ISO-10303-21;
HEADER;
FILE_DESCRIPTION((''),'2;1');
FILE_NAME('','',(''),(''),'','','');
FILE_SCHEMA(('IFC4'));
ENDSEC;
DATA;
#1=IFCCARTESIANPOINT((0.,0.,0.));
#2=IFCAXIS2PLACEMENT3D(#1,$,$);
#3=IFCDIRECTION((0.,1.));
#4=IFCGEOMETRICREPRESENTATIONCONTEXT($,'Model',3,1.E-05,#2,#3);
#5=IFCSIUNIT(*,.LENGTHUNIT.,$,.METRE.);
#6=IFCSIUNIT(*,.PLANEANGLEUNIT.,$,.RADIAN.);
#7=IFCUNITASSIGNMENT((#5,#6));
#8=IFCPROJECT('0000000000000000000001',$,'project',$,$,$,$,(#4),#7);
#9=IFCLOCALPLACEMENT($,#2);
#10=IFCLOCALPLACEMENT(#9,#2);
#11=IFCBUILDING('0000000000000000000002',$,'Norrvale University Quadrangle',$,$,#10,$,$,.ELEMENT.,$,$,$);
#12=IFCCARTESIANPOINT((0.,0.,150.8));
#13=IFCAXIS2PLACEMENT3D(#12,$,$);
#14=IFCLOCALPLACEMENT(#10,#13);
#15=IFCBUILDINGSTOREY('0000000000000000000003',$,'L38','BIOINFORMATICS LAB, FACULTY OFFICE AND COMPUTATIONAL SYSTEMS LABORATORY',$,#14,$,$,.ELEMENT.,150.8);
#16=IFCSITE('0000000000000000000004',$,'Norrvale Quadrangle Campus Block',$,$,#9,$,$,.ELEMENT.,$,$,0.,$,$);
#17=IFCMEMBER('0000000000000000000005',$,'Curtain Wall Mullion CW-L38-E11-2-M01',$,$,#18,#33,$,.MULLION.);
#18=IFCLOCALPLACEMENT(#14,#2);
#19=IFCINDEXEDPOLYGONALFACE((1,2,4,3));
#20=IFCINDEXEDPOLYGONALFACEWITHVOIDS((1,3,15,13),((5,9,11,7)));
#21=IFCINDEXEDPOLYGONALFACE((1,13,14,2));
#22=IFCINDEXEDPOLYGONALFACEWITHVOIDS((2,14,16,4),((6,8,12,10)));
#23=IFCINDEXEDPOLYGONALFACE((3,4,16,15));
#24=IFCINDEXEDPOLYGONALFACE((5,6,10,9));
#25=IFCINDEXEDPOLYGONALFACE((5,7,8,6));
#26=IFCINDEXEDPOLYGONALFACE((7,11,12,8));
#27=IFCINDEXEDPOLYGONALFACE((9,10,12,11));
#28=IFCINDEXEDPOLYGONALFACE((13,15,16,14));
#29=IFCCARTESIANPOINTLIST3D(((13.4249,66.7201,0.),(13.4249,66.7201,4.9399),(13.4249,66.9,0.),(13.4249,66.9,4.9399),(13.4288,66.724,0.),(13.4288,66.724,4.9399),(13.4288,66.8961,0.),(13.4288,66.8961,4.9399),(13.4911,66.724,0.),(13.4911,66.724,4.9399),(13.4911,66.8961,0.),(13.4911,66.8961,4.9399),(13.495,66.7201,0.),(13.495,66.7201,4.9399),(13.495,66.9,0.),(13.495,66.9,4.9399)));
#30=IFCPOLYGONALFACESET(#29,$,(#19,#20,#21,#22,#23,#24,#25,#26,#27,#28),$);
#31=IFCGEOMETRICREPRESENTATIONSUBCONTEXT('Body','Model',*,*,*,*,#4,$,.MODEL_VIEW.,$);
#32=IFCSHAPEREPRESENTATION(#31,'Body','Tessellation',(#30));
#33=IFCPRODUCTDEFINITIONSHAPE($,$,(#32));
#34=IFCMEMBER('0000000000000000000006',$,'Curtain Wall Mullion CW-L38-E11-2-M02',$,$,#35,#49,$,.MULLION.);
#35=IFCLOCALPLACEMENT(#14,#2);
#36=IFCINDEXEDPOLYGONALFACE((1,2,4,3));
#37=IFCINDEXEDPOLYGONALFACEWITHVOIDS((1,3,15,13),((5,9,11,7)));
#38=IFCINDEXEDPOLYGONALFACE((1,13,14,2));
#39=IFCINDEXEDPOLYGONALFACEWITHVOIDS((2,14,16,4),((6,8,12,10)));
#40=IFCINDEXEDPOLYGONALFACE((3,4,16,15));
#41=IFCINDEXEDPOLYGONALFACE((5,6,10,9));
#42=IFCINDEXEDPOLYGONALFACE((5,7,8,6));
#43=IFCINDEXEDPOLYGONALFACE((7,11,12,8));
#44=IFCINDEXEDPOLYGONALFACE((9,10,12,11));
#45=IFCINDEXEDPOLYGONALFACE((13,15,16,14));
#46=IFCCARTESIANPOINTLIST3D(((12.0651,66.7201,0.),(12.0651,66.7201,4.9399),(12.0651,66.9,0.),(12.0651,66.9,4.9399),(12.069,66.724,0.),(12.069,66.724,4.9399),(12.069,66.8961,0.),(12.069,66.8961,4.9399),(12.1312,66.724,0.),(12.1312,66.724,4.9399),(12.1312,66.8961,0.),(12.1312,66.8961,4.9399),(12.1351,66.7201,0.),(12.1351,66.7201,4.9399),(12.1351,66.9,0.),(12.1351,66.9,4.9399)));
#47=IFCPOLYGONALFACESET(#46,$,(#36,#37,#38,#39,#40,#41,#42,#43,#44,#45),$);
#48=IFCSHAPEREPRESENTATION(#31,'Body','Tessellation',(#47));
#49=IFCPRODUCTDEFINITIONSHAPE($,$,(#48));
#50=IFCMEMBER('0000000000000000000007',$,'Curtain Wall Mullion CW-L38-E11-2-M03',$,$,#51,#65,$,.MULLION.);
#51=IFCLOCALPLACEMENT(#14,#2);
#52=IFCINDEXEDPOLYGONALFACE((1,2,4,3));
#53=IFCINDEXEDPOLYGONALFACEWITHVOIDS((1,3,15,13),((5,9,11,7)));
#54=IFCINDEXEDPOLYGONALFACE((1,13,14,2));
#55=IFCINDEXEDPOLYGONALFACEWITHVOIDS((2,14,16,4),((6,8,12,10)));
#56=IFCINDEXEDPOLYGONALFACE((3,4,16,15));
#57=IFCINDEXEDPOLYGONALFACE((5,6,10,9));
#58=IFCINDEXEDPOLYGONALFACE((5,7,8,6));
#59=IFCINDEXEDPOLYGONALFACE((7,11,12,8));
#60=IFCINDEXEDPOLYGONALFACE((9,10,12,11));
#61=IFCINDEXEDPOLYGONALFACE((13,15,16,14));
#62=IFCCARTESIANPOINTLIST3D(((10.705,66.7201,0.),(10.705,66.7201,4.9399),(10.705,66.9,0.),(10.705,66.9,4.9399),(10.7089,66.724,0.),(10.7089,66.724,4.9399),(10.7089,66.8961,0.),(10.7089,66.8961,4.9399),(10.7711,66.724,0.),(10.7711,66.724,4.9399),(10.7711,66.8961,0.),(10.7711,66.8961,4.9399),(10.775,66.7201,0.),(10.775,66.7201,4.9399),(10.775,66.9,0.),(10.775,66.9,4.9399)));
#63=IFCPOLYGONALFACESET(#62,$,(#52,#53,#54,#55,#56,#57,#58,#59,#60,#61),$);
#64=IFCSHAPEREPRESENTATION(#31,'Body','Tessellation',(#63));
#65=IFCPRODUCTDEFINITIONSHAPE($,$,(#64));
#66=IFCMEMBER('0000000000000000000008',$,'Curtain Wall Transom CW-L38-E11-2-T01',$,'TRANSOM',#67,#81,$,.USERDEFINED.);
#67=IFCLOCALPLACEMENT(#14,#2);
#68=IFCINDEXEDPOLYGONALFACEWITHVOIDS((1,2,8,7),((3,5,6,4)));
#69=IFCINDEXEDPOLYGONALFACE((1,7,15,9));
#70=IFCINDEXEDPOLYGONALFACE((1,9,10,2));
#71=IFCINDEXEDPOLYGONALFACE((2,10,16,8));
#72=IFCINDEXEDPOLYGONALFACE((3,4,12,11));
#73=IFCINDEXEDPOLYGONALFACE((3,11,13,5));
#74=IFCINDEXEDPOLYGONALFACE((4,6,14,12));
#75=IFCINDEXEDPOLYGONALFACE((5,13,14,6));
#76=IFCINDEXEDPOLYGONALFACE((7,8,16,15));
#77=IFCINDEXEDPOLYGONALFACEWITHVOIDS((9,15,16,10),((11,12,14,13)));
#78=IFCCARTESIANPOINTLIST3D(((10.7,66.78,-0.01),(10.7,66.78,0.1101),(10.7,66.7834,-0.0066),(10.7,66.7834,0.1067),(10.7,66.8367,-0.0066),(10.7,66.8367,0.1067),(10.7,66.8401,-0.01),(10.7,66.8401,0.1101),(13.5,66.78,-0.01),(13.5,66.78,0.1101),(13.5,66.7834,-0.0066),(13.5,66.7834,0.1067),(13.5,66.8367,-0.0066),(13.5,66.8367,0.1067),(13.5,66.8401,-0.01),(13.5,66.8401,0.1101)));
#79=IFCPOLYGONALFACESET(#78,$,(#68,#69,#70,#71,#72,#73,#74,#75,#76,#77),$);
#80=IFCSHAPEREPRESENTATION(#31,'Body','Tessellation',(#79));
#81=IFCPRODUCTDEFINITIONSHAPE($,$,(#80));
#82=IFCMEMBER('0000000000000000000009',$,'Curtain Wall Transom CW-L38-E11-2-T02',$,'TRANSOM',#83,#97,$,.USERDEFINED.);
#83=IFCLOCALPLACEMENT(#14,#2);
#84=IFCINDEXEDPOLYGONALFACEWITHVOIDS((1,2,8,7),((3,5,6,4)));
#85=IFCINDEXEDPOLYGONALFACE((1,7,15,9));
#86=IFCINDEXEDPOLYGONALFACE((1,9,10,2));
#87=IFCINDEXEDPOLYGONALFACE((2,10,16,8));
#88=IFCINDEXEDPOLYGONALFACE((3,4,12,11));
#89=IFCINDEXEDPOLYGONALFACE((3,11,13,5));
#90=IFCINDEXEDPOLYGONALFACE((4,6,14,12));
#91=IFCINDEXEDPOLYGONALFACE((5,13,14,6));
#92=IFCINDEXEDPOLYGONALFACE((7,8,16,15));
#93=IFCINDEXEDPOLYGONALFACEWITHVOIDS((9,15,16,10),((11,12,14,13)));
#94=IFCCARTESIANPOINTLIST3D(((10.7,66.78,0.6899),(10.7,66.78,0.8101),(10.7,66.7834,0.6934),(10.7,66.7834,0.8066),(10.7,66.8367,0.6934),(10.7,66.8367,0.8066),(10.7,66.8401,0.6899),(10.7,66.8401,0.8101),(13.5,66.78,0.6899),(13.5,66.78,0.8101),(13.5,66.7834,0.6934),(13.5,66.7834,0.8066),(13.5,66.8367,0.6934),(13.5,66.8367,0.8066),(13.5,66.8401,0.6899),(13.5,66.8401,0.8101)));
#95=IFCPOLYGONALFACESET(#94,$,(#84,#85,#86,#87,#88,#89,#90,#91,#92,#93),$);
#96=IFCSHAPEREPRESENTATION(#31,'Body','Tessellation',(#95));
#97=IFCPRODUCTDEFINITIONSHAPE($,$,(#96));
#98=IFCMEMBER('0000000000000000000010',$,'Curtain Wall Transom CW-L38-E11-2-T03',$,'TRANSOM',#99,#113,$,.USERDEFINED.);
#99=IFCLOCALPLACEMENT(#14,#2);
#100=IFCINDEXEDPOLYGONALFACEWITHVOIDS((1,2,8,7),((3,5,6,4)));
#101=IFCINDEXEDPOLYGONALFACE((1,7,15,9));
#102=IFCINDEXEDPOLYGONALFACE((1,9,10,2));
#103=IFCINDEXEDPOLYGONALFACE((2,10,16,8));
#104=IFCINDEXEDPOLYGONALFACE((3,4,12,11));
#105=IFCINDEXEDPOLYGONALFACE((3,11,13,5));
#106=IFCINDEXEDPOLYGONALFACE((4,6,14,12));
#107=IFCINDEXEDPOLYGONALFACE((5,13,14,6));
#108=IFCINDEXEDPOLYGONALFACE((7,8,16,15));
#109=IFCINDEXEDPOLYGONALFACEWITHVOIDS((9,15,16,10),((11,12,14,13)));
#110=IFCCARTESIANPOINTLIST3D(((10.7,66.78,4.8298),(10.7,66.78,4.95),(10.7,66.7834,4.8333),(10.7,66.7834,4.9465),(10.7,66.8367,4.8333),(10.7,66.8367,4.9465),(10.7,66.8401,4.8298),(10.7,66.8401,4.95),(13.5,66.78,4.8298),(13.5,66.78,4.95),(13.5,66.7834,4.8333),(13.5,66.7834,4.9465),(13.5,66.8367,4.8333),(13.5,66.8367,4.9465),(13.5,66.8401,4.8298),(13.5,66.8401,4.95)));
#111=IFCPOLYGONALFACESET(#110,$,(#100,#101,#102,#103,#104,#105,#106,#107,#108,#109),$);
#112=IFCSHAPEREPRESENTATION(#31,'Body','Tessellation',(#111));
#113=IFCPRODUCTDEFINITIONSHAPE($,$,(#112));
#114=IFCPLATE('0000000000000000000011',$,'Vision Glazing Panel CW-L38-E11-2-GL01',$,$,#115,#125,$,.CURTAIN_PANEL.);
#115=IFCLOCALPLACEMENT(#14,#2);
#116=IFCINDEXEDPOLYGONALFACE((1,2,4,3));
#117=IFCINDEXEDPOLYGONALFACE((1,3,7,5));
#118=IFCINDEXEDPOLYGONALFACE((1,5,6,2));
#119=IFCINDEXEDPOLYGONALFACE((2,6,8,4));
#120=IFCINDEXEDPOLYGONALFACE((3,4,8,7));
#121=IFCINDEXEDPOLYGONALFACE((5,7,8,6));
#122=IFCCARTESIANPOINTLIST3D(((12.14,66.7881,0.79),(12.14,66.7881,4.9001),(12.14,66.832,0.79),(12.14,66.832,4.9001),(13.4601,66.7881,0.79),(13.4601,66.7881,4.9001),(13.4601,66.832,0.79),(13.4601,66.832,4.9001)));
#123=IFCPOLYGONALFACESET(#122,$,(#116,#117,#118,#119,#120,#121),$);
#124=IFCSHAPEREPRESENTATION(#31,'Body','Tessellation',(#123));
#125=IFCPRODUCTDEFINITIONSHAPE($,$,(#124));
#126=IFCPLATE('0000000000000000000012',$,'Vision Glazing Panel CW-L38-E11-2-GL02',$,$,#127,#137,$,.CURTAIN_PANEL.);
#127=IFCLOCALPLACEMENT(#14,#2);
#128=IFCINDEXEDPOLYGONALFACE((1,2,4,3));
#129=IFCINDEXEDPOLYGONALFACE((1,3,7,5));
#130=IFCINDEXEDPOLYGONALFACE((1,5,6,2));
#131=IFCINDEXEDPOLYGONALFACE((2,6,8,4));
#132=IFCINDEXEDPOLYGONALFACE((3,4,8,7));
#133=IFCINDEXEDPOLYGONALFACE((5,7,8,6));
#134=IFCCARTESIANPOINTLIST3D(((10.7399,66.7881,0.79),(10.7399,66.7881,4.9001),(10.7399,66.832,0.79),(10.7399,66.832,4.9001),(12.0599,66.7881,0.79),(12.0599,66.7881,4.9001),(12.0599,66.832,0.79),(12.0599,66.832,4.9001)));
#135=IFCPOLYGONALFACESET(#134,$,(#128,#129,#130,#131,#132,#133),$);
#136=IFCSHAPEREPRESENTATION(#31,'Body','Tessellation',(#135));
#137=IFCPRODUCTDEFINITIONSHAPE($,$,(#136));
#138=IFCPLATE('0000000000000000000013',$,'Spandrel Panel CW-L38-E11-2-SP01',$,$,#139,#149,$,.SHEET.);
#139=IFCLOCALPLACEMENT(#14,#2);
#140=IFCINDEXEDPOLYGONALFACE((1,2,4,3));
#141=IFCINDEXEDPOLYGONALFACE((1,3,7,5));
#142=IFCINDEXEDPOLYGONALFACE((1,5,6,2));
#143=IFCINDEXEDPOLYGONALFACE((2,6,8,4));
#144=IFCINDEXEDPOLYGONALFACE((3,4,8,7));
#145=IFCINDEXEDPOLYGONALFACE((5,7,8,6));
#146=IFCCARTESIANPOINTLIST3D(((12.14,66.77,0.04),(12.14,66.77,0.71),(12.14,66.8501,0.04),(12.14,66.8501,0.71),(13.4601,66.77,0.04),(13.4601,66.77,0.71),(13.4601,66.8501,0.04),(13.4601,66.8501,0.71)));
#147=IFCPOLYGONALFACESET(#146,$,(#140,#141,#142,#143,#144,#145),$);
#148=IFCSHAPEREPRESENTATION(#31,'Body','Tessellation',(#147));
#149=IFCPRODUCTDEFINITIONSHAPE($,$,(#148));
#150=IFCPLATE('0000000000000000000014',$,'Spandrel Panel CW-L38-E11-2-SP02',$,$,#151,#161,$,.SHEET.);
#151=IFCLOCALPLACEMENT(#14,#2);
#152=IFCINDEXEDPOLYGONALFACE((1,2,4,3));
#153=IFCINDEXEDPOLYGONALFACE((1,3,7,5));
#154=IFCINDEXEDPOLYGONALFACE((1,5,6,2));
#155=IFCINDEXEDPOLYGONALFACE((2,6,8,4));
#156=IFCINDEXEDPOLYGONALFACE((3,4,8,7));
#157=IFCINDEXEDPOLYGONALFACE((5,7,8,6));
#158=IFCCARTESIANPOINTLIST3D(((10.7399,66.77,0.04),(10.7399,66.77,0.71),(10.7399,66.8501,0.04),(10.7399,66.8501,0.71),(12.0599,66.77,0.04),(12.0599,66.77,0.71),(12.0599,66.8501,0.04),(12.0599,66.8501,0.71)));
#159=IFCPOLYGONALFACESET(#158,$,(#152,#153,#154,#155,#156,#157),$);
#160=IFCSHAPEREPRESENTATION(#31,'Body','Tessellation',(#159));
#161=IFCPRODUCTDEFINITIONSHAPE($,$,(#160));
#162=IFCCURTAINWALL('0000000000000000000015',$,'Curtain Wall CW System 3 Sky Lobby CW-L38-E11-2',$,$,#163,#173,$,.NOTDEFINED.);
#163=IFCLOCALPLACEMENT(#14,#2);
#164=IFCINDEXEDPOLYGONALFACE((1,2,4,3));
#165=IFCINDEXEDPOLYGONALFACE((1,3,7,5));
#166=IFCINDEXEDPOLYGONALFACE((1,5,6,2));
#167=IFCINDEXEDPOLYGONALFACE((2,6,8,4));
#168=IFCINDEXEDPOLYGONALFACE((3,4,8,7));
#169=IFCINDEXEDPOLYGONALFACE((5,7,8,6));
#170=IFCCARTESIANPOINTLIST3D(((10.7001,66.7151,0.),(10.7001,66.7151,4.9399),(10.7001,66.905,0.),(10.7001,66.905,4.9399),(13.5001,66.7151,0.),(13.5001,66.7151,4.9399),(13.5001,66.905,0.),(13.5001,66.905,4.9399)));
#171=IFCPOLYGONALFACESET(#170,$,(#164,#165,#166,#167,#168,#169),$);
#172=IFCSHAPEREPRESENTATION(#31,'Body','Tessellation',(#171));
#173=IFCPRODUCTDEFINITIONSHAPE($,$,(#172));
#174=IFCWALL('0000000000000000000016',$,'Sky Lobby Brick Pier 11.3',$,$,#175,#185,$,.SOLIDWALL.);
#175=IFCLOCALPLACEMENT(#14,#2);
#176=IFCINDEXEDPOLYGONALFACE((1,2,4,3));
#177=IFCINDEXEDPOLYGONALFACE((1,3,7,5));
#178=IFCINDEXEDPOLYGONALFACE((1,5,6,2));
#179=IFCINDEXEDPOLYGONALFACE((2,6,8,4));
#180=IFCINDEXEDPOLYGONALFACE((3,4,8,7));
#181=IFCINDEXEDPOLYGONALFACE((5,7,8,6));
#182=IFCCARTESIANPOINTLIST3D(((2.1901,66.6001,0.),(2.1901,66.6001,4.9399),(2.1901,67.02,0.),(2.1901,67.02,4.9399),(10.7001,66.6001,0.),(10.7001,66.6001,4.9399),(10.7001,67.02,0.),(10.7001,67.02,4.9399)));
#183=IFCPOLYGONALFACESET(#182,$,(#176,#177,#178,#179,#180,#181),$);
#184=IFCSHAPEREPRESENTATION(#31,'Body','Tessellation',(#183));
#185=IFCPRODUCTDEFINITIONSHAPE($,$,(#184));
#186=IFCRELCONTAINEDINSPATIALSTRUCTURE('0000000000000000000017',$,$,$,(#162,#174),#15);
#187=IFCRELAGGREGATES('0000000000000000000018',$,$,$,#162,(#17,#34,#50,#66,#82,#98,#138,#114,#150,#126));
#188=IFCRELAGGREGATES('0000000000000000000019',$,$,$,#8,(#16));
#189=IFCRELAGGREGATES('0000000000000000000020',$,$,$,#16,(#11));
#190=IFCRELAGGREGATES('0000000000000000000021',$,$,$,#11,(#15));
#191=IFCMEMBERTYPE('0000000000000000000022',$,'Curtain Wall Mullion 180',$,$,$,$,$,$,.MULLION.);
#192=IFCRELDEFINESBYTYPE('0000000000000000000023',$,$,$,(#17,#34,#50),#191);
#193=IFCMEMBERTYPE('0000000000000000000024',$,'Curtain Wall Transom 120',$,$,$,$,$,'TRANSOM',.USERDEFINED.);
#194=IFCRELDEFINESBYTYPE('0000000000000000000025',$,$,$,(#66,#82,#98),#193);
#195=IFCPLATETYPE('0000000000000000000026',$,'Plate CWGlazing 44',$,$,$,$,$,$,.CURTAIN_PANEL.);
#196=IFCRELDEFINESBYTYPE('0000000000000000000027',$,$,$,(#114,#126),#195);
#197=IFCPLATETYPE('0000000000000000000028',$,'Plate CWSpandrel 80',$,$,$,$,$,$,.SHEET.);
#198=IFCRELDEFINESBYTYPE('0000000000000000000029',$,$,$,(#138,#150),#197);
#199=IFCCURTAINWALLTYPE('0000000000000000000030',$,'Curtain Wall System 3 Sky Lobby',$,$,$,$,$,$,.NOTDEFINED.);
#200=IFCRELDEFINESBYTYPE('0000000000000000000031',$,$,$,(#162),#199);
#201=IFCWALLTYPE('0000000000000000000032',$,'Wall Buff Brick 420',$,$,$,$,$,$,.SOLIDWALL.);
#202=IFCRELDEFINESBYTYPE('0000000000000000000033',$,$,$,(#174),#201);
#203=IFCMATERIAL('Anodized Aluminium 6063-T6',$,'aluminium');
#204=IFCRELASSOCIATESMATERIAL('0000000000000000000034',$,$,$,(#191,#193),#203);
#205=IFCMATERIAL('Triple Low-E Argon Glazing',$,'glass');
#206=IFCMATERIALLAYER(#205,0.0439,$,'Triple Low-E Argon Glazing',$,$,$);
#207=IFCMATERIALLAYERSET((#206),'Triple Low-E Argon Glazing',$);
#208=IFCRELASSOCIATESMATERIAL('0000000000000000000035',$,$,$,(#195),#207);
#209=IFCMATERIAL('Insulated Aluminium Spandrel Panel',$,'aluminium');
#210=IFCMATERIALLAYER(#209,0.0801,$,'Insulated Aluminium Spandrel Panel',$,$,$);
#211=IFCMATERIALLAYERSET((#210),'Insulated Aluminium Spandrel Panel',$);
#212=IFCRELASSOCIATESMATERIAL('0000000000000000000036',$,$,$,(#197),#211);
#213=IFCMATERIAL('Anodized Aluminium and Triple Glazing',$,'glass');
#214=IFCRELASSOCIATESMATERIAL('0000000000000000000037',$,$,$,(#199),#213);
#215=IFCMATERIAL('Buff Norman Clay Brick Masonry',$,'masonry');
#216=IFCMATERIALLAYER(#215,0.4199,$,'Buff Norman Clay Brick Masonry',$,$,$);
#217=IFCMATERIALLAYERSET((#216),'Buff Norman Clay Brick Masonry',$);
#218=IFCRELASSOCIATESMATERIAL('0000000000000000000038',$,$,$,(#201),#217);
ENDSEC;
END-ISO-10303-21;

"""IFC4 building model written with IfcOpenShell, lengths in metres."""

from ifc_helpers import new_model, si_unit, direction, frame, frame_2d, origin, origin_2d, place, context, subcontext, project, spatial, rectangle, hollow_rectangle, extrude, material, layer, layer_set, material_profile, profile_set, type_object, element, aggregate, save


model = new_model("IFC4")

# Units and contexts
model_context = context("Model", 3, precision=1e-05, world=origin(), true_north=direction((0.0, 1.0)))
body_context = subcontext(model_context, "Body", "Model", "MODEL_VIEW")
ifc_project = project(units=[si_unit("LENGTHUNIT", "METRE"), si_unit("PLANEANGLEUNIT", "RADIAN")], contexts=[model_context])

# Site, building, storey
site_placement = place(None, origin())
site = spatial("IfcSite", under=ifc_project, at=site_placement, Name="Norrvale Quadrangle Campus Block", CompositionType="ELEMENT", RefElevation=0.0)
building_placement = place(site_placement, origin())
building = spatial("IfcBuilding", under=site, at=building_placement, Name="Norrvale University Quadrangle", CompositionType="ELEMENT")
storey_placement = place(building_placement, frame((0.0, 0.0, 150.8)))
storey = spatial("IfcBuildingStorey", under=building, at=storey_placement, Name="L38", Description="BIOINFORMATICS LAB, FACULTY OFFICE AND COMPUTATIONAL SYSTEMS LABORATORY", CompositionType="ELEMENT", Elevation=150.8)

# Members
ifc_material_1 = material(Name="Anodized Aluminium 6063-T6", Category="aluminium")
ifc_material_profile_1 = material_profile(ifc_material_1, hollow_rectangle(XDim=0.0701, YDim=0.1799, WallThickness=0.0039, at=origin_2d()), Name="Anodized Aluminium 6063-T6")
ifc_profile_set_1 = profile_set([ifc_material_profile_1], Name="Anodized Aluminium 6063-T6")
member_type_1 = type_object("IfcMemberType", Name="Curtain Wall Mullion 180", PredefinedType="MULLION", material=ifc_profile_set_1)
member_1_placement = place(storey_placement, frame((13.46, 66.8101, 0.0), z_axis=(0.0, 0.0, 1.0), x_axis=(-1.0, 0.0, 0.0)))
member_1 = element("IfcMember", 1, at=member_1_placement, type_object=member_type_1, Name="Curtain Wall Mullion CW-L38-E11-2-M01", PredefinedType="MULLION", context=body_context, shape_type="SweptSolid", body=[
    extrude(hollow_rectangle(XDim=0.0701, YDim=0.1799, WallThickness=0.0039, at=origin_2d()), origin(), (0.0, 0.0, 1.0), 4.9399),
])
member_2_placement = place(storey_placement, frame((12.1001, 66.8101, 0.0), z_axis=(0.0, 0.0, 1.0), x_axis=(-1.0, 0.0, 0.0)))
member_2 = element("IfcMember", 2, at=member_2_placement, type_object=member_type_1, Name="Curtain Wall Mullion CW-L38-E11-2-M02", PredefinedType="MULLION", context=body_context, shape_type="SweptSolid", body=[
    extrude(hollow_rectangle(XDim=0.0701, YDim=0.1799, WallThickness=0.0039, at=origin_2d()), origin(), (0.0, 0.0, 1.0), 4.9399),
])
member_3_placement = place(storey_placement, frame((10.74, 66.8101, 0.0), z_axis=(0.0, 0.0, 1.0), x_axis=(-1.0, 0.0, 0.0)))
member_3 = element("IfcMember", 3, at=member_3_placement, type_object=member_type_1, Name="Curtain Wall Mullion CW-L38-E11-2-M03", PredefinedType="MULLION", context=body_context, shape_type="SweptSolid", body=[
    extrude(hollow_rectangle(XDim=0.0701, YDim=0.1799, WallThickness=0.0039, at=origin_2d()), origin(), (0.0, 0.0, 1.0), 4.9399),
])
ifc_material_profile_2 = material_profile(ifc_material_1, hollow_rectangle(XDim=0.0601, YDim=0.1201, WallThickness=0.0034, at=origin_2d()), Name="Anodized Aluminium 6063-T6")
ifc_profile_set_2 = profile_set([ifc_material_profile_2], Name="Anodized Aluminium 6063-T6")
member_type_2 = type_object("IfcMemberType", Name="Curtain Wall Transom 120", ElementType="TRANSOM", PredefinedType="USERDEFINED", material=ifc_profile_set_2)
member_4_placement = place(storey_placement, frame((13.5, 66.8101, 0.05), z_axis=(-1.0, 0.0, 0.0), x_axis=(0.0, -1.0, 0.0)))
member_4 = element("IfcMember", 4, at=member_4_placement, type_object=member_type_2, Name="Curtain Wall Transom CW-L38-E11-2-T01", ObjectType="TRANSOM", PredefinedType="USERDEFINED", context=body_context, shape_type="SweptSolid", body=[
    extrude(hollow_rectangle(XDim=0.0601, YDim=0.1201, WallThickness=0.0034, at=origin_2d()), origin(), (0.0, 0.0, 1.0), 2.8),
])
member_5_placement = place(storey_placement, frame((13.5, 66.8101, 0.75), z_axis=(-1.0, 0.0, 0.0), x_axis=(0.0, -1.0, 0.0)))
member_5 = element("IfcMember", 5, at=member_5_placement, type_object=member_type_2, Name="Curtain Wall Transom CW-L38-E11-2-T02", ObjectType="TRANSOM", PredefinedType="USERDEFINED", context=body_context, shape_type="SweptSolid", body=[
    extrude(hollow_rectangle(XDim=0.0601, YDim=0.1201, WallThickness=0.0034, at=origin_2d()), origin(), (0.0, 0.0, 1.0), 2.8),
])
member_6_placement = place(storey_placement, frame((13.5, 66.8101, 4.8899), z_axis=(-1.0, 0.0, 0.0), x_axis=(0.0, -1.0, 0.0)))
member_6 = element("IfcMember", 6, at=member_6_placement, type_object=member_type_2, Name="Curtain Wall Transom CW-L38-E11-2-T03", ObjectType="TRANSOM", PredefinedType="USERDEFINED", context=body_context, shape_type="SweptSolid", body=[
    extrude(hollow_rectangle(XDim=0.0601, YDim=0.1201, WallThickness=0.0034, at=origin_2d()), origin(), (0.0, 0.0, 1.0), 2.8),
])

# Plates
ifc_material_2 = material(Name="Triple Low-E Argon Glazing", Category="glass")
ifc_layer_1 = layer(ifc_material_2, 0.0439, Name="Triple Low-E Argon Glazing")
ifc_layer_set_1 = layer_set([ifc_layer_1], Name="Triple Low-E Argon Glazing")
plate_type_1 = type_object("IfcPlateType", Name="Plate CWGlazing 44", PredefinedType="CURTAIN_PANEL", material=ifc_layer_set_1)
plate_1_placement = place(storey_placement, frame((12.8, 66.8101, 0.79), z_axis=(0.0, 0.0, 1.0), x_axis=(-1.0, 0.0, 0.0)))
plate_1 = element("IfcPlate", 7, at=plate_1_placement, type_object=plate_type_1, Name="Vision Glazing Panel CW-L38-E11-2-GL01", PredefinedType="CURTAIN_PANEL", context=body_context, shape_type="SweptSolid", body=[
    extrude(rectangle(XDim=1.3201, YDim=0.0439, at=origin_2d()), origin(), (0.0, 0.0, 1.0), 4.1101),
])
plate_2_placement = place(storey_placement, frame((11.3999, 66.8101, 0.79), z_axis=(0.0, 0.0, 1.0), x_axis=(-1.0, 0.0, 0.0)))
plate_2 = element("IfcPlate", 8, at=plate_2_placement, type_object=plate_type_1, Name="Vision Glazing Panel CW-L38-E11-2-GL02", PredefinedType="CURTAIN_PANEL", context=body_context, shape_type="SweptSolid", body=[
    extrude(rectangle(XDim=1.3201, YDim=0.0439, at=origin_2d()), origin(), (0.0, 0.0, 1.0), 4.1101),
])
ifc_material_3 = material(Name="Insulated Aluminium Spandrel Panel", Category="aluminium")
ifc_layer_2 = layer(ifc_material_3, 0.0801, Name="Insulated Aluminium Spandrel Panel")
ifc_layer_set_2 = layer_set([ifc_layer_2], Name="Insulated Aluminium Spandrel Panel")
plate_type_2 = type_object("IfcPlateType", Name="Plate CWSpandrel 80", PredefinedType="SHEET", material=ifc_layer_set_2)
plate_3_placement = place(storey_placement, frame((12.8, 66.8101, 0.04), z_axis=(0.0, 0.0, 1.0), x_axis=(-1.0, 0.0, 0.0)))
plate_3 = element("IfcPlate", 9, at=plate_3_placement, type_object=plate_type_2, Name="Spandrel Panel CW-L38-E11-2-SP01", PredefinedType="SHEET", context=body_context, shape_type="SweptSolid", body=[
    extrude(rectangle(XDim=1.3201, YDim=0.0801, at=origin_2d()), origin(), (0.0, 0.0, 1.0), 0.6699),
])
plate_4_placement = place(storey_placement, frame((11.3999, 66.8101, 0.04), z_axis=(0.0, 0.0, 1.0), x_axis=(-1.0, 0.0, 0.0)))
plate_4 = element("IfcPlate", 10, at=plate_4_placement, type_object=plate_type_2, Name="Spandrel Panel CW-L38-E11-2-SP02", PredefinedType="SHEET", context=body_context, shape_type="SweptSolid", body=[
    extrude(rectangle(XDim=1.3201, YDim=0.0801, at=origin_2d()), origin(), (0.0, 0.0, 1.0), 0.6699),
])

# Curtain wall
ifc_material_4 = material(Name="Anodized Aluminium and Triple Glazing", Category="glass")
curtain_wall_type = type_object("IfcCurtainWallType", Name="Curtain Wall System 3 Sky Lobby", PredefinedType="NOTDEFINED", material=ifc_material_4)
curtain_wall_placement = place(storey_placement, frame((13.5, 66.8101, 0.0), z_axis=(0.0, 0.0, 1.0), x_axis=(-1.0, 0.0, 0.0)))
curtain_wall = element("IfcCurtainWall", 11, at=curtain_wall_placement, inside=storey, type_object=curtain_wall_type, Name="Curtain Wall CW System 3 Sky Lobby CW-L38-E11-2", PredefinedType="NOTDEFINED", context=body_context, shape_type="SweptSolid", body=[
    extrude(rectangle(XDim=2.8, YDim=0.1899, at=frame_2d((1.3999, 0.0))), origin(), (0.0, 0.0, 1.0), 4.9399),
])
aggregate(curtain_wall, [member_1, member_2, member_3, member_4, member_5, member_6, plate_3, plate_1, plate_4, plate_2])

# Wall
ifc_material_5 = material(Name="Buff Norman Clay Brick Masonry", Category="masonry")
ifc_layer_3 = layer(ifc_material_5, 0.4199, Name="Buff Norman Clay Brick Masonry")
ifc_layer_set_3 = layer_set([ifc_layer_3], Name="Buff Norman Clay Brick Masonry")
wall_type = type_object("IfcWallType", Name="Wall Buff Brick 420", PredefinedType="SOLIDWALL", material=ifc_layer_set_3)
wall_1_placement = place(storey_placement, frame((10.7, 66.8101, 0.0), z_axis=(0.0, 0.0, 1.0), x_axis=(-1.0, 0.0, 0.0)))
element("IfcWall", 12, at=wall_1_placement, inside=storey, type_object=wall_type, Name="Sky Lobby Brick Pier 11.3", PredefinedType="SOLIDWALL", context=body_context, shape_type="SweptSolid", body=[
    extrude(rectangle(XDim=8.51, YDim=0.4199, at=frame_2d((4.2549, 0.0))), origin(), (0.0, 0.0, 1.0), 4.9399),
])

save(model, "model.ifc")
